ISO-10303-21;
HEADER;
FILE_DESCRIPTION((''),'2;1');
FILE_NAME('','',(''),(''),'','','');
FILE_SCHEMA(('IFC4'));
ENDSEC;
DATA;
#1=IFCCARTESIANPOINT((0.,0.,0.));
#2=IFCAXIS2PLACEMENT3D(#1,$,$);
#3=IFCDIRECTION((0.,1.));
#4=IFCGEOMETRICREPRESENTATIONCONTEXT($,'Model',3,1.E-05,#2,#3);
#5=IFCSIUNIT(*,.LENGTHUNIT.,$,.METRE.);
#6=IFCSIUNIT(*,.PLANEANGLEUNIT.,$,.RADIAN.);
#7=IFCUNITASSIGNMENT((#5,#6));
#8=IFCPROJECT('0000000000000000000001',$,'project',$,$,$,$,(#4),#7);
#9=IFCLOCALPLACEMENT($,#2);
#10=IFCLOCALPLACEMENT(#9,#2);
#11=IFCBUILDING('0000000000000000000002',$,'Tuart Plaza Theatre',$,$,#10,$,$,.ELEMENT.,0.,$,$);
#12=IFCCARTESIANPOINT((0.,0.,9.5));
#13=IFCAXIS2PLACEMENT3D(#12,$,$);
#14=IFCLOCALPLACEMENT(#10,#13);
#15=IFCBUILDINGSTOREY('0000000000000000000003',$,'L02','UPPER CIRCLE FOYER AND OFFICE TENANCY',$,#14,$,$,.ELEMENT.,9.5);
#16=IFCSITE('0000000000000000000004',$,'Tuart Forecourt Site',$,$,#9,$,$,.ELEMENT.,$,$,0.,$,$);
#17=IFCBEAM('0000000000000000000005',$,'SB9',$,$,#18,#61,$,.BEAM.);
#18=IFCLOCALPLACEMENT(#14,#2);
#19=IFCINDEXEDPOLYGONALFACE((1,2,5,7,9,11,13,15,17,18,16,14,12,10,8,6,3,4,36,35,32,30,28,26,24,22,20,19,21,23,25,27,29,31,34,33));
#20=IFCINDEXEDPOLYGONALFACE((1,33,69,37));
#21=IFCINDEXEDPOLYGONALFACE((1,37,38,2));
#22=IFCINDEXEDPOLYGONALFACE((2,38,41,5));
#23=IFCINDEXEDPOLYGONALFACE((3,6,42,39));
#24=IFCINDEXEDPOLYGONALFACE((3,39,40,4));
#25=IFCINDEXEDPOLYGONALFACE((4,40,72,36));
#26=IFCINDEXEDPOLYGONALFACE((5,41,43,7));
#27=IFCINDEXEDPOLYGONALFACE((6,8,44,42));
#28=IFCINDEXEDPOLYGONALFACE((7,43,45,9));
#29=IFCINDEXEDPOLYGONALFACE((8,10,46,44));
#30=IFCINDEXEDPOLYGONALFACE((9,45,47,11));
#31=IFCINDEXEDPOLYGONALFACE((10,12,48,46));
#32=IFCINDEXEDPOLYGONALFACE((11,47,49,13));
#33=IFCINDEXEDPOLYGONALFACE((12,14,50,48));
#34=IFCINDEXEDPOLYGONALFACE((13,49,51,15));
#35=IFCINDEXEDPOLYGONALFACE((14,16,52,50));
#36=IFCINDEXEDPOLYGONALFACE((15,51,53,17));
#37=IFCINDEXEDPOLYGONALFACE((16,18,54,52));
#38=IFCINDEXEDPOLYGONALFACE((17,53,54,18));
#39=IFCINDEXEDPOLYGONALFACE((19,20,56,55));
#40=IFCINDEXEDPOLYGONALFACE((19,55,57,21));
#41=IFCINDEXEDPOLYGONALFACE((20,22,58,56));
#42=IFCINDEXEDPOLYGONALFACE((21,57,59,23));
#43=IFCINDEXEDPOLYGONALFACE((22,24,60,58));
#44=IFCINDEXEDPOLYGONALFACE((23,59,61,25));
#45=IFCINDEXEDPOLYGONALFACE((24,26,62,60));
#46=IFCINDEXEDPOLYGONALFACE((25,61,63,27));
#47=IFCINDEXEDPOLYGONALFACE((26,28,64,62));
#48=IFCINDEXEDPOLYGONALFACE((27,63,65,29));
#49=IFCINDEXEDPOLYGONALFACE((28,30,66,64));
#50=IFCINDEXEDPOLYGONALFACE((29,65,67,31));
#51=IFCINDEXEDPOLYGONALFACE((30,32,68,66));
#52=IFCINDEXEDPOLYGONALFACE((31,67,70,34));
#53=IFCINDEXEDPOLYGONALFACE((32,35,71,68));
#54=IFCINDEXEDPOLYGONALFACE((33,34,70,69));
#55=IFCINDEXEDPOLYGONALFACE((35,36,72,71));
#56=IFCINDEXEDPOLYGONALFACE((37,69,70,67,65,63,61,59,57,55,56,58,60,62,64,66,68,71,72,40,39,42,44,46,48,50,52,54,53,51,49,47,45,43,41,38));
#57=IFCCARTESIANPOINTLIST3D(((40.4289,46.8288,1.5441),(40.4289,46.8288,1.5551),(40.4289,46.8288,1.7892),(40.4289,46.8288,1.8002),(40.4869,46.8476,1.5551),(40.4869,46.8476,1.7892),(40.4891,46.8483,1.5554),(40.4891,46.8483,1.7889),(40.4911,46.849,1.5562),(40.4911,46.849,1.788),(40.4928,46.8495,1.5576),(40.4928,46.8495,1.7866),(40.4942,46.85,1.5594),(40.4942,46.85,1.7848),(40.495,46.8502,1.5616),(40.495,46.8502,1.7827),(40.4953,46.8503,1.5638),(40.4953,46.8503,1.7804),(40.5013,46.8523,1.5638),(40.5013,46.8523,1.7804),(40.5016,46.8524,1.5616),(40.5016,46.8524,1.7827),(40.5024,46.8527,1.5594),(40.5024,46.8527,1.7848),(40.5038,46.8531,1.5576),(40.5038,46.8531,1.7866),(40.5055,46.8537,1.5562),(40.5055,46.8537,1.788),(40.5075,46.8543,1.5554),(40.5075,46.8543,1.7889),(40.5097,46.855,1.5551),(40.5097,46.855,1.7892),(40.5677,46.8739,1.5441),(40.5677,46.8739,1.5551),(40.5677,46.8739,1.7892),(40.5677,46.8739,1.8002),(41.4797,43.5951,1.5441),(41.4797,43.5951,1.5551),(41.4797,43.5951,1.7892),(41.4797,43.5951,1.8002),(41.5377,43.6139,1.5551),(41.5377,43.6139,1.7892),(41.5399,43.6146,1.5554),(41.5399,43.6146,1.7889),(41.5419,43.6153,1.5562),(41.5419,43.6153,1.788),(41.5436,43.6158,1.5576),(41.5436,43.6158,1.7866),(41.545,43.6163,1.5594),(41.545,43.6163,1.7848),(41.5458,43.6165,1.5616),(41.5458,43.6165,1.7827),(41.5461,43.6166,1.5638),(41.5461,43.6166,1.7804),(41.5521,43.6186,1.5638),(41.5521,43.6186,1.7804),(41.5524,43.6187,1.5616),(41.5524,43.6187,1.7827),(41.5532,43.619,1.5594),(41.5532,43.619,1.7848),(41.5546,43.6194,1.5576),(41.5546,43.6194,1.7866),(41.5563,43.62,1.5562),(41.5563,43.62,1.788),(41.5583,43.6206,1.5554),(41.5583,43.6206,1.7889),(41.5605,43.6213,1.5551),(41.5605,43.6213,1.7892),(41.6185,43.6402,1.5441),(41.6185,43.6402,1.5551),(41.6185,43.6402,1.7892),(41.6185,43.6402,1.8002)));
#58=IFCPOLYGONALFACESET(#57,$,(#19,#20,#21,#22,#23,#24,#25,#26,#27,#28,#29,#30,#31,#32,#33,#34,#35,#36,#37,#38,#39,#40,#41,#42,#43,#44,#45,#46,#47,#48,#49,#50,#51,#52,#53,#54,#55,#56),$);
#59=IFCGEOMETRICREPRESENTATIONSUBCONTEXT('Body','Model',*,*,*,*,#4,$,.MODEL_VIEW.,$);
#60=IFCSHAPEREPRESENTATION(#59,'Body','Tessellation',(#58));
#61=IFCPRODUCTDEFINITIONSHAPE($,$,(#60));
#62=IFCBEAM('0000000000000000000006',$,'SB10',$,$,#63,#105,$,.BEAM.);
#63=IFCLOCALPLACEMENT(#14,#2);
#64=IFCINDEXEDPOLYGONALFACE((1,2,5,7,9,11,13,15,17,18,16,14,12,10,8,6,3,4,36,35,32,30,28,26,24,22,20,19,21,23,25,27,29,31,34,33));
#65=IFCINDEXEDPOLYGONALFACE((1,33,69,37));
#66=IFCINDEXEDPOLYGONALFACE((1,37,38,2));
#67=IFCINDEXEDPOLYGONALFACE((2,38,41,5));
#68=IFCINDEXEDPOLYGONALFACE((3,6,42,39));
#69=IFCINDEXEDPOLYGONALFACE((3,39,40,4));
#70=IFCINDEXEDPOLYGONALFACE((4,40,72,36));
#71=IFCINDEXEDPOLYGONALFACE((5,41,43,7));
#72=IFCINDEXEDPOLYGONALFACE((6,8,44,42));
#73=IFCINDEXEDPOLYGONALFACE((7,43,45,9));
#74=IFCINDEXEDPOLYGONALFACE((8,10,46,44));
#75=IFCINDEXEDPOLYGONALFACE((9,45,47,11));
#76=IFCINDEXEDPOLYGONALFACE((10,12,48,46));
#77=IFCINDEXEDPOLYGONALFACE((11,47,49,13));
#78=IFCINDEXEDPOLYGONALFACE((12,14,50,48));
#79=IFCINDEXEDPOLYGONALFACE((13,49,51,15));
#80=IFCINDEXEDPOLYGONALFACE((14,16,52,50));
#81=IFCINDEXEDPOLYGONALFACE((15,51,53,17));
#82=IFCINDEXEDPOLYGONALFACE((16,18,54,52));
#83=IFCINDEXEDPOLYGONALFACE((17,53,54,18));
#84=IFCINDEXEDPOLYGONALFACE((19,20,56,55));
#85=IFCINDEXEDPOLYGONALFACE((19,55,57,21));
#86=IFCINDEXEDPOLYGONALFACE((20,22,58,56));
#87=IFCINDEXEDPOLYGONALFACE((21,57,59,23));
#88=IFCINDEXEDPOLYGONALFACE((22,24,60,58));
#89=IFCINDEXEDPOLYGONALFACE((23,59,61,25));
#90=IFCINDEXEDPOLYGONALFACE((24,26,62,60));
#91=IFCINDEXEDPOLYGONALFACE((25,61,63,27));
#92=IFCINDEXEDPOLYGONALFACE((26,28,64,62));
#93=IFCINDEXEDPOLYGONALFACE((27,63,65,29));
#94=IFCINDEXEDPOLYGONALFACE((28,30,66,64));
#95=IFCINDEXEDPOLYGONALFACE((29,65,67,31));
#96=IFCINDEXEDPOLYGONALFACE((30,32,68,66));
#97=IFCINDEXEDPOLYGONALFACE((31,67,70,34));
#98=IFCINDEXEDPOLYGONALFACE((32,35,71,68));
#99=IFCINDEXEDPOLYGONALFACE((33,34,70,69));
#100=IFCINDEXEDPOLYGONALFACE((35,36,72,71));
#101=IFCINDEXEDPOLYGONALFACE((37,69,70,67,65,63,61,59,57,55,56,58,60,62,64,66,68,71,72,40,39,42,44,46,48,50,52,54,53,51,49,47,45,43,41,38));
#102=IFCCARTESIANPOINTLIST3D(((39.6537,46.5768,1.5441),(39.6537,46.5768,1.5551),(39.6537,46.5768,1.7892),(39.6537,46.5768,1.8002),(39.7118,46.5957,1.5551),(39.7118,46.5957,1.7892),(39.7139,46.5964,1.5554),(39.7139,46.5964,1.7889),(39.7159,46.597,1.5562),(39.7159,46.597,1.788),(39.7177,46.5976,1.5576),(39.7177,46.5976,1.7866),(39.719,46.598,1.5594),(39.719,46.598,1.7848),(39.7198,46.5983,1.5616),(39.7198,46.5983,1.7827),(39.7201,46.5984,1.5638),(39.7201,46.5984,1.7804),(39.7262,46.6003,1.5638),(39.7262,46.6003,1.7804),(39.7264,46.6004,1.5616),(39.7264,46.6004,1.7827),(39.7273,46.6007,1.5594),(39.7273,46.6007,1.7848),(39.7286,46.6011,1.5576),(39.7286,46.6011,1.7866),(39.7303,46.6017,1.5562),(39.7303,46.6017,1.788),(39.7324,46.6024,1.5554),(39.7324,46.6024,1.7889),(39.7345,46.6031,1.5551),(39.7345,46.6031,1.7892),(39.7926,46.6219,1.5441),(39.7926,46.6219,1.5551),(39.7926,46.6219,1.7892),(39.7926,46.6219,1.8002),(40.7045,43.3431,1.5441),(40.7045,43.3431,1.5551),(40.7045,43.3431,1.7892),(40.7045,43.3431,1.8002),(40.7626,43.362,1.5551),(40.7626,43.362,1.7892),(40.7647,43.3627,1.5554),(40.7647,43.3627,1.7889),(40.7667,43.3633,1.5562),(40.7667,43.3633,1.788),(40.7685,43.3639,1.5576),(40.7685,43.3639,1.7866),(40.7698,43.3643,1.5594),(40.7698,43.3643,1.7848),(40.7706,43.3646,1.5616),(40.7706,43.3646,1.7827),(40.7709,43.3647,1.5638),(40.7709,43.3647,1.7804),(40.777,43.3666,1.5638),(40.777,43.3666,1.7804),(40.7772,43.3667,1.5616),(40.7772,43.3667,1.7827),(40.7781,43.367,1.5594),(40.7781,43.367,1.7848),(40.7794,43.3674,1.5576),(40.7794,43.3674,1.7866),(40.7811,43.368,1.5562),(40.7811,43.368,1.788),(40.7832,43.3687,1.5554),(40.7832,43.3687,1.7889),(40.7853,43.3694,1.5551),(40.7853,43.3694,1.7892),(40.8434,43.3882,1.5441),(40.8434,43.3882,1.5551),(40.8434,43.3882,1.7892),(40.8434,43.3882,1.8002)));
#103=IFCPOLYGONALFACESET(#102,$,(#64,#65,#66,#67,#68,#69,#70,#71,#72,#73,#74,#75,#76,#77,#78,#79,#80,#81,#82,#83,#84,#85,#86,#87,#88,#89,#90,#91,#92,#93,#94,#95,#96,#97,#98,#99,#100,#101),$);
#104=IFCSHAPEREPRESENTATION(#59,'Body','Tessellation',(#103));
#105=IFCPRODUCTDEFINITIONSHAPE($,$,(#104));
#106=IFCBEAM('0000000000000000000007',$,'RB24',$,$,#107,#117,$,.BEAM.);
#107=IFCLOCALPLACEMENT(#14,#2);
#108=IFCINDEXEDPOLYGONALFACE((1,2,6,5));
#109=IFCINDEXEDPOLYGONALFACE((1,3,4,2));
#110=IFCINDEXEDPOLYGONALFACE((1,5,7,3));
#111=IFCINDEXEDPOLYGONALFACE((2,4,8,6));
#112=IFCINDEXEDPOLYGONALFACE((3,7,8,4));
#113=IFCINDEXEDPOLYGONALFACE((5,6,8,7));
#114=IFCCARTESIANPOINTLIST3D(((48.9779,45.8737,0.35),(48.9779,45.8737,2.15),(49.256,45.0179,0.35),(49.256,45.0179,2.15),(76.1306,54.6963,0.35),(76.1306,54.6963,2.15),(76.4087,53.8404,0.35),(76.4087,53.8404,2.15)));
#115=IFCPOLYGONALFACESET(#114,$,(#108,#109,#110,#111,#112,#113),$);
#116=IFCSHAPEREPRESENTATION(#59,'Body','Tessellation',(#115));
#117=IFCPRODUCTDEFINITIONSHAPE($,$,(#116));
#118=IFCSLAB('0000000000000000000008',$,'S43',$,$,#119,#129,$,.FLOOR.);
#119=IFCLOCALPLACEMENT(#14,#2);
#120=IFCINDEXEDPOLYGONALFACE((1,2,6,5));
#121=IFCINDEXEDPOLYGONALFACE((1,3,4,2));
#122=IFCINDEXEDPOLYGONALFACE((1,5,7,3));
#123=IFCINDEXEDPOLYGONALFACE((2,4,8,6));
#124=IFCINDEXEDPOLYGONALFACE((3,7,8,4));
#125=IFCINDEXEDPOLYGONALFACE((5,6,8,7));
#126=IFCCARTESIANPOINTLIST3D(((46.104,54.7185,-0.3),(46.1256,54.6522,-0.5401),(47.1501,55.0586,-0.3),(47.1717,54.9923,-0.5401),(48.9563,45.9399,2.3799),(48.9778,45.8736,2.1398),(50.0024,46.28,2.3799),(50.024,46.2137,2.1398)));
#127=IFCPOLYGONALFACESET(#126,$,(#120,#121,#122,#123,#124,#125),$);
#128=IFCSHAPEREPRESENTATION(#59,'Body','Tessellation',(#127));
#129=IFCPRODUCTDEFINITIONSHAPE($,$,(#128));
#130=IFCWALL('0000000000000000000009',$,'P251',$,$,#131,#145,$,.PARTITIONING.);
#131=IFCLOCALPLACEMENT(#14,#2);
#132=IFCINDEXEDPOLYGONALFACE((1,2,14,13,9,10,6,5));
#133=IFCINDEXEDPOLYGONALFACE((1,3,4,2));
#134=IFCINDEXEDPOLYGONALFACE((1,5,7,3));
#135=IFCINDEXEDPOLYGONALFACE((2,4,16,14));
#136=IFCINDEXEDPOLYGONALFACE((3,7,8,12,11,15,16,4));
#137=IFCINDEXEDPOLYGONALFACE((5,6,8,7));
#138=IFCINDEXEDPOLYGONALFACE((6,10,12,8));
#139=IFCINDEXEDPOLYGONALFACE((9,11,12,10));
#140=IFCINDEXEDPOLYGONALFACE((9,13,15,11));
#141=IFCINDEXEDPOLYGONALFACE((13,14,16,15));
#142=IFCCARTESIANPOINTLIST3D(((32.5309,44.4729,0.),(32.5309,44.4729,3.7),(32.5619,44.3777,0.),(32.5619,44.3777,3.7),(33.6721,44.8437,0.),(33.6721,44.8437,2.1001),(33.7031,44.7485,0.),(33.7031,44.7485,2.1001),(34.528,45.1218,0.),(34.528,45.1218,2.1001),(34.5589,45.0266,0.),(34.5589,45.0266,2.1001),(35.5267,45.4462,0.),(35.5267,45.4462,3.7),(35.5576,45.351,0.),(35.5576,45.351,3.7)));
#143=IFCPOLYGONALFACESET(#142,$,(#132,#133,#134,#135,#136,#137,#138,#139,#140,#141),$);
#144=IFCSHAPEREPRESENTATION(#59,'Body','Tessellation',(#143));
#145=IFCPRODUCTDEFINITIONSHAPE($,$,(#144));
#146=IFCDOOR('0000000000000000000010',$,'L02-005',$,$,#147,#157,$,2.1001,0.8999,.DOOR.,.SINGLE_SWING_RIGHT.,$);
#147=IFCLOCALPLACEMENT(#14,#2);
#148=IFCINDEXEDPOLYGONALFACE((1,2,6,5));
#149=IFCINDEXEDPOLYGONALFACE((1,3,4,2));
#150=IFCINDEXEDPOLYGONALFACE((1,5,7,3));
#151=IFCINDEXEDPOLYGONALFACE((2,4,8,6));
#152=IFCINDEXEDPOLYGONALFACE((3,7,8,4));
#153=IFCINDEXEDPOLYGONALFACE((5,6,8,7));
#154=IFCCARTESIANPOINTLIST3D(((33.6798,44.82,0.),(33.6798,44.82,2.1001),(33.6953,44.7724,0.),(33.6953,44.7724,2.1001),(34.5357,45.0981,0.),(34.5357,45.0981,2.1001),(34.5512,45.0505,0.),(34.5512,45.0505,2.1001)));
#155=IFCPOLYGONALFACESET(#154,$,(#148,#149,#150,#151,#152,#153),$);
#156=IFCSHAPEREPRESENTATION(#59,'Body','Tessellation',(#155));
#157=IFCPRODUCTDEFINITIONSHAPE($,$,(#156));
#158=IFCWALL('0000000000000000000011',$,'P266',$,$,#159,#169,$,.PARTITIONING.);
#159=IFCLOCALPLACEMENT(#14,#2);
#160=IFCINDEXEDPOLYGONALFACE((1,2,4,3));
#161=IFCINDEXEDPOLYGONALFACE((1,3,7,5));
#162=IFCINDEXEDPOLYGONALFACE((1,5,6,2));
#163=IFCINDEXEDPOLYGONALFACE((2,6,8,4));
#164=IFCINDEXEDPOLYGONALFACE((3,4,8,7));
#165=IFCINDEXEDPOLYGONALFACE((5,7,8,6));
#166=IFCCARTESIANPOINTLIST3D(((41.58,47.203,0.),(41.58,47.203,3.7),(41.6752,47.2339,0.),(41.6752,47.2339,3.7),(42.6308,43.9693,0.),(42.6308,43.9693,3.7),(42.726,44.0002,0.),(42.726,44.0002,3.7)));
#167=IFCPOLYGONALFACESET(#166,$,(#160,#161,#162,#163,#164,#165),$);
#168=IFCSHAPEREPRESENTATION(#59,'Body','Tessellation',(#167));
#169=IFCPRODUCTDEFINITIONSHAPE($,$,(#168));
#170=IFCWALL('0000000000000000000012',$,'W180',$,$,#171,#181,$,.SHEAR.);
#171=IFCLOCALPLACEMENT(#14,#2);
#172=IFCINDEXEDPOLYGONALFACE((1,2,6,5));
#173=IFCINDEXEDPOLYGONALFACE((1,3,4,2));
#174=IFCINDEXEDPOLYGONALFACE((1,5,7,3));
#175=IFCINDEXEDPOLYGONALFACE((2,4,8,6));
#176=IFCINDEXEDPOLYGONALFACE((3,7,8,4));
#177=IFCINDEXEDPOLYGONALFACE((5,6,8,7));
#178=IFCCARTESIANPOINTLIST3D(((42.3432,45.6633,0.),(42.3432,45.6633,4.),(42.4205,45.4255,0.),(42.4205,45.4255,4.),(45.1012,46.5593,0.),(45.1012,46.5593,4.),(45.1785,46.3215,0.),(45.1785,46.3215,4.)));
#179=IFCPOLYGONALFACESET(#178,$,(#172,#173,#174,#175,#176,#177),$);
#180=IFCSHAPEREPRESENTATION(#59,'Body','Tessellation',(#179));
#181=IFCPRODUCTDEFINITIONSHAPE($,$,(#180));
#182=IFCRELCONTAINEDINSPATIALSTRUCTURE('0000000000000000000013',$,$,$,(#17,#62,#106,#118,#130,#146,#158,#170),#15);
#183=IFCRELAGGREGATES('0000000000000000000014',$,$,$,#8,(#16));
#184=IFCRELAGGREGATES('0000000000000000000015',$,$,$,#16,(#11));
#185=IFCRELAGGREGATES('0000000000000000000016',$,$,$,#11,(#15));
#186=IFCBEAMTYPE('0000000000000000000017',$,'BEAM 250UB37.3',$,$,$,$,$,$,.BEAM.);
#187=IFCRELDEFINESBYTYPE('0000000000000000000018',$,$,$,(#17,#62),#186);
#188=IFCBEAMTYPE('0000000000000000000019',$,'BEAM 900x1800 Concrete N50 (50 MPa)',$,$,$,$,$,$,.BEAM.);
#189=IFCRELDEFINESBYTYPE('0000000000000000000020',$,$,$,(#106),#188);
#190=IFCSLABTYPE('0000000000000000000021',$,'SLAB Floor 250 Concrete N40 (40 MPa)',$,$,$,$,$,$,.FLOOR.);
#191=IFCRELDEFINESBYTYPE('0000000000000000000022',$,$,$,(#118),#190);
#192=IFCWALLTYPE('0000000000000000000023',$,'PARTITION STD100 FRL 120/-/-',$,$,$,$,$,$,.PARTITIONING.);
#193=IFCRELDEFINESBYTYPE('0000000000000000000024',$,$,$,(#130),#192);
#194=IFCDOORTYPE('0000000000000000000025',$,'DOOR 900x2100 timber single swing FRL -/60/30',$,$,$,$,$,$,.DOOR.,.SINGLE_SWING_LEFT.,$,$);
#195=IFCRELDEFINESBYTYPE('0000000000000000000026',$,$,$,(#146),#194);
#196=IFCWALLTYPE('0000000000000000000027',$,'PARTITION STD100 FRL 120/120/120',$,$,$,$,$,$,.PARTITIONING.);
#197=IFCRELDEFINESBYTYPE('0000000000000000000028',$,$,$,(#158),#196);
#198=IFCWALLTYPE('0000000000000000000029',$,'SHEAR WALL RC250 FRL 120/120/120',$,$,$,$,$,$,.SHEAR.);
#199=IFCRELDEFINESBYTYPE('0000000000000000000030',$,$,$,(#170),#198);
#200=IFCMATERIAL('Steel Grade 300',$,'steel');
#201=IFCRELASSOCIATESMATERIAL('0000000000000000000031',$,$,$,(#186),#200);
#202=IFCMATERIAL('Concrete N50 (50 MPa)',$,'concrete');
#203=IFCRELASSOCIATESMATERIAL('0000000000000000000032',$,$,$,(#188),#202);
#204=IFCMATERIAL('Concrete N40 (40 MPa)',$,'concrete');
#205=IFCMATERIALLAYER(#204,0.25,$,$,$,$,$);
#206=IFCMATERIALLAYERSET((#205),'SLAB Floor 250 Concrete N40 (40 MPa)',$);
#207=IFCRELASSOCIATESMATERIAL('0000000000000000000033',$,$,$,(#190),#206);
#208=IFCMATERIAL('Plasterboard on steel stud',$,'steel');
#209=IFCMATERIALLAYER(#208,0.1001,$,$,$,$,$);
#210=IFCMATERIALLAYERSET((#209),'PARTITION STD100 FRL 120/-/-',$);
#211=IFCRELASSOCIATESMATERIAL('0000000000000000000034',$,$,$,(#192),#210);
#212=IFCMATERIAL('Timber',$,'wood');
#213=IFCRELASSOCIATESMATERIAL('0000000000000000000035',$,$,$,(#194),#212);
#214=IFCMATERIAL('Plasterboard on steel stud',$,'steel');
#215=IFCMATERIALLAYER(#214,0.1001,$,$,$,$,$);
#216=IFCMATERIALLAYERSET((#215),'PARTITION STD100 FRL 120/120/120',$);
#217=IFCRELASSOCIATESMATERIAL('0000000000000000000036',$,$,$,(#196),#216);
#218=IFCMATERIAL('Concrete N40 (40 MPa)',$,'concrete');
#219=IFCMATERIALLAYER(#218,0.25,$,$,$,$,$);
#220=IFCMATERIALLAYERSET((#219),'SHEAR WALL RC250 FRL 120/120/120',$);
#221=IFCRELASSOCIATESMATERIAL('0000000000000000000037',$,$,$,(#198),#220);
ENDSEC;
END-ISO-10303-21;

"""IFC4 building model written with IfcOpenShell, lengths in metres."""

from ifc_helpers import new_model, si_unit, direction, frame, frame_2d, origin, origin_2d, place, context, subcontext, project, spatial, polyline, rectangle, i_section, outline, extrude, material, layer, layer_set, material_profile, profile_set, type_object, element, fill, save


model = new_model("IFC4")

# Units and contexts
model_context = context("Model", 3, precision=1e-05, world=origin(), true_north=direction((0.0, 1.0)))
body_context = subcontext(model_context, "Body", "Model", "MODEL_VIEW")
ifc_project = project(units=[si_unit("LENGTHUNIT", "METRE"), si_unit("PLANEANGLEUNIT", "RADIAN")], contexts=[model_context])

# Site, building, storey
site_placement = place(None, origin())
site = spatial("IfcSite", under=ifc_project, at=site_placement, Name="Tuart Forecourt Site", CompositionType="ELEMENT", RefElevation=0.0)
building_placement = place(site_placement, origin())
building = spatial("IfcBuilding", under=site, at=building_placement, Name="Tuart Plaza Theatre", CompositionType="ELEMENT", ElevationOfRefHeight=0.0)
storey_placement = place(building_placement, frame((0.0, 0.0, 9.5)))
storey = spatial("IfcBuildingStorey", under=building, at=storey_placement, Name="L02", Description="UPPER CIRCLE FOYER AND OFFICE TENANCY", CompositionType="ELEMENT", Elevation=9.5)

# Beams
ifc_material_1 = material(Name="Steel Grade 300", Category="steel")
ifc_material_profile_1 = material_profile(ifc_material_1, i_section(OverallWidth=0.146, OverallDepth=0.2561, WebThickness=0.0063, FlangeThickness=0.011, FilletRadius=0.0088, at=origin_2d()), Name="250UB37.3")
ifc_profile_set_1 = profile_set([ifc_material_profile_1], Name="Steel Grade 300")
beam_type_1 = type_object("IfcBeamType", Name="BEAM 250UB37.3", PredefinedType="BEAM", material=ifc_profile_set_1)
for number, where, z_axis, x_axis, name in (
    (1, (40.4983, 46.8513, 1.6721), (0.309045, -0.951047, 0.0), (0.951047, 0.309045, 0.0), "SB9"),
    (2, (39.7231, 46.5994, 1.6721), (0.309045, -0.951047, 0.0), (0.951047, 0.309045, 0.0), "SB10"),
):
    element("IfcBeam", number, at=place(storey_placement, frame(where, z_axis=z_axis, x_axis=x_axis)), inside=storey, type_object=beam_type_1, Name=name, PredefinedType="BEAM", context=body_context, shape_type="SweptSolid", body=[
        extrude(i_section(OverallWidth=0.146, OverallDepth=0.2561, WebThickness=0.0063, FlangeThickness=0.011, FilletRadius=0.0088, at=origin_2d()), origin(), (0.0, 0.0, 1.0), 3.4001),
    ])
ifc_material_2 = material(Name="Concrete N50 (50 MPa)", Category="concrete")
ifc_material_profile_2 = material_profile(ifc_material_2, rectangle(XDim=0.8999, YDim=1.8, at=origin_2d()), Name="BEAM 900x1800 Concrete N50 (50 MPa)")
ifc_profile_set_2 = profile_set([ifc_material_profile_2], Name="Concrete N50 (50 MPa)")
beam_type_2 = type_object("IfcBeamType", Name="BEAM 900x1800 Concrete N50 (50 MPa)", PredefinedType="BEAM", material=ifc_profile_set_2)
beam_placement = place(storey_placement, frame((49.1169, 45.4458, 1.25), z_axis=(0.951055, 0.30902, 0.0), x_axis=(-0.30902, 0.951055, 0.0)))
element("IfcBeam", 3, at=beam_placement, inside=storey, type_object=beam_type_2, Name="RB24", PredefinedType="BEAM", context=body_context, shape_type="SweptSolid", body=[
    extrude(rectangle(XDim=0.8999, YDim=1.8, at=origin_2d()), origin(), (0.0, 0.0, 1.0), 28.55),
])

# Slab
ifc_material_3 = material(Name="Concrete N40 (40 MPa)", Category="concrete")
ifc_layer_1 = layer(ifc_material_3, 0.25)
ifc_layer_set_1 = layer_set([ifc_layer_1], Name="SLAB Floor 250 Concrete N40 (40 MPa)")
slab_type = type_object("IfcSlabType", Name="SLAB Floor 250 Concrete N40 (40 MPa)", PredefinedType="FLOOR", material=ifc_layer_set_1)
slab_placement = place(storey_placement, frame((48.9563, 45.9399, 2.3799), z_axis=(-0.086202, 0.265166, 0.960342), x_axis=(0.95101, 0.309161, 0.0)))
element("IfcSlab", 4, at=slab_placement, inside=storey, type_object=slab_type, Name="S43", PredefinedType="FLOOR", context=body_context, shape_type="SweptSolid", body=[
    extrude(outline(polyline([(0.0, 0.0), (1.1, 0.0), (1.1015, 9.6115), (0.0014, 9.6115), (0.0, 0.0)])), origin(), (0.0, 0.0, -1.0), 0.25),
])

# Wall, opening, door
ifc_material_4 = material(Name="Plasterboard on steel stud", Category="steel")
ifc_layer_2 = layer(ifc_material_4, 0.1001)
ifc_layer_set_2 = layer_set([ifc_layer_2], Name="PARTITION STD100 FRL 120/-/-")
wall_type_1 = type_object("IfcWallType", Name="PARTITION STD100 FRL 120/-/-", PredefinedType="PARTITIONING", material=ifc_layer_set_2)
wall_1_placement = place(storey_placement, frame((32.5464, 44.4253, 0.0), z_axis=(0.0, 0.0, 1.0), x_axis=(0.951059, 0.309011, 0.0)))
wall_1 = element("IfcWall", 5, at=wall_1_placement, inside=storey, type_object=wall_type_1, Name="P251", PredefinedType="PARTITIONING", context=body_context, shape_type="SweptSolid", body=[
    extrude(rectangle(XDim=3.1499, YDim=0.1001, at=frame_2d((1.575, 0.0))), origin(), (0.0, 0.0, 1.0), 3.7),
])
opening_1_placement = place(wall_1_placement, frame((1.2, 0.0, 0.0)))
opening_1 = element("IfcOpeningElement", 6, at=opening_1_placement, cuts=wall_1, PredefinedType="OPENING", context=body_context, shape_type="SweptSolid", body=[
    extrude(rectangle(XDim=0.8999, YDim=2.1001, at=frame_2d((0.45, 1.05))), frame((0.0, 0.0601, 0.0), z_axis=(0.0, -1.0, 0.0), x_axis=(1.0, 0.0, 0.0)), (0.0, 0.0, 1.0), 0.1201),
])
ifc_material_5 = material(Name="Timber", Category="wood")
door_type_1 = type_object("IfcDoorType", Name="DOOR 900x2100 timber single swing FRL -/60/30", OperationType="SINGLE_SWING_LEFT", PredefinedType="DOOR", material=ifc_material_5)
door_1_placement = place(opening_1_placement, frame((0.8999, 0.0, 0.0), z_axis=(0.0, 0.0, 1.0), x_axis=(-1.0, 0.0, 0.0)))
door_1 = element("IfcDoor", 7, at=door_1_placement, inside=storey, type_object=door_type_1, Name="L02-005", OperationType="SINGLE_SWING_RIGHT", OverallHeight=2.1001, OverallWidth=0.8999, PredefinedType="DOOR", context=body_context, shape_type="SweptSolid", body=[
    extrude(rectangle(XDim=0.8999, YDim=2.1001, at=frame_2d((0.45, 1.05))), frame((0.0, 0.0249, 0.0), z_axis=(0.0, -1.0, 0.0), x_axis=(1.0, 0.0, 0.0)), (0.0, 0.0, 1.0), 0.05),
])
fill(opening_1, door_1)

# Walls
ifc_material_6 = material(Name="Plasterboard on steel stud", Category="steel")
ifc_layer_3 = layer(ifc_material_6, 0.1001)
ifc_layer_set_3 = layer_set([ifc_layer_3], Name="PARTITION STD100 FRL 120/120/120")
wall_type_2 = type_object("IfcWallType", Name="PARTITION STD100 FRL 120/120/120", PredefinedType="PARTITIONING", material=ifc_layer_set_3)
wall_2_placement = place(storey_placement, frame((42.6785, 43.9846, 0.0), z_axis=(0.0, 0.0, 1.0), x_axis=(-0.309045, 0.951047, 0.0)))
element("IfcWall", 8, at=wall_2_placement, inside=storey, type_object=wall_type_2, Name="P266", PredefinedType="PARTITIONING", context=body_context, shape_type="SweptSolid", body=[
    extrude(rectangle(XDim=3.4001, YDim=0.1001, at=frame_2d((1.7002, 0.0))), origin(), (0.0, 0.0, 1.0), 3.7),
])
ifc_material_7 = material(Name="Concrete N40 (40 MPa)", Category="concrete")
ifc_layer_4 = layer(ifc_material_7, 0.25)
ifc_layer_set_4 = layer_set([ifc_layer_4], Name="SHEAR WALL RC250 FRL 120/120/120")
wall_type_3 = type_object("IfcWallType", Name="SHEAR WALL RC250 FRL 120/120/120", PredefinedType="SHEAR", material=ifc_layer_set_4)
wall_3_placement = place(storey_placement, frame((42.3818, 45.5444, 0.0), z_axis=(0.0, 0.0, 1.0), x_axis=(0.951072, 0.30897, 0.0)))
element("IfcWall", 9, at=wall_3_placement, inside=storey, type_object=wall_type_3, Name="W180", PredefinedType="SHEAR", context=body_context, shape_type="SweptSolid", body=[
    extrude(rectangle(XDim=2.8999, YDim=0.25, at=frame_2d((1.45, 0.0))), origin(), (0.0, 0.0, 1.0), 4.0),
])

save(model, "model.ifc")
